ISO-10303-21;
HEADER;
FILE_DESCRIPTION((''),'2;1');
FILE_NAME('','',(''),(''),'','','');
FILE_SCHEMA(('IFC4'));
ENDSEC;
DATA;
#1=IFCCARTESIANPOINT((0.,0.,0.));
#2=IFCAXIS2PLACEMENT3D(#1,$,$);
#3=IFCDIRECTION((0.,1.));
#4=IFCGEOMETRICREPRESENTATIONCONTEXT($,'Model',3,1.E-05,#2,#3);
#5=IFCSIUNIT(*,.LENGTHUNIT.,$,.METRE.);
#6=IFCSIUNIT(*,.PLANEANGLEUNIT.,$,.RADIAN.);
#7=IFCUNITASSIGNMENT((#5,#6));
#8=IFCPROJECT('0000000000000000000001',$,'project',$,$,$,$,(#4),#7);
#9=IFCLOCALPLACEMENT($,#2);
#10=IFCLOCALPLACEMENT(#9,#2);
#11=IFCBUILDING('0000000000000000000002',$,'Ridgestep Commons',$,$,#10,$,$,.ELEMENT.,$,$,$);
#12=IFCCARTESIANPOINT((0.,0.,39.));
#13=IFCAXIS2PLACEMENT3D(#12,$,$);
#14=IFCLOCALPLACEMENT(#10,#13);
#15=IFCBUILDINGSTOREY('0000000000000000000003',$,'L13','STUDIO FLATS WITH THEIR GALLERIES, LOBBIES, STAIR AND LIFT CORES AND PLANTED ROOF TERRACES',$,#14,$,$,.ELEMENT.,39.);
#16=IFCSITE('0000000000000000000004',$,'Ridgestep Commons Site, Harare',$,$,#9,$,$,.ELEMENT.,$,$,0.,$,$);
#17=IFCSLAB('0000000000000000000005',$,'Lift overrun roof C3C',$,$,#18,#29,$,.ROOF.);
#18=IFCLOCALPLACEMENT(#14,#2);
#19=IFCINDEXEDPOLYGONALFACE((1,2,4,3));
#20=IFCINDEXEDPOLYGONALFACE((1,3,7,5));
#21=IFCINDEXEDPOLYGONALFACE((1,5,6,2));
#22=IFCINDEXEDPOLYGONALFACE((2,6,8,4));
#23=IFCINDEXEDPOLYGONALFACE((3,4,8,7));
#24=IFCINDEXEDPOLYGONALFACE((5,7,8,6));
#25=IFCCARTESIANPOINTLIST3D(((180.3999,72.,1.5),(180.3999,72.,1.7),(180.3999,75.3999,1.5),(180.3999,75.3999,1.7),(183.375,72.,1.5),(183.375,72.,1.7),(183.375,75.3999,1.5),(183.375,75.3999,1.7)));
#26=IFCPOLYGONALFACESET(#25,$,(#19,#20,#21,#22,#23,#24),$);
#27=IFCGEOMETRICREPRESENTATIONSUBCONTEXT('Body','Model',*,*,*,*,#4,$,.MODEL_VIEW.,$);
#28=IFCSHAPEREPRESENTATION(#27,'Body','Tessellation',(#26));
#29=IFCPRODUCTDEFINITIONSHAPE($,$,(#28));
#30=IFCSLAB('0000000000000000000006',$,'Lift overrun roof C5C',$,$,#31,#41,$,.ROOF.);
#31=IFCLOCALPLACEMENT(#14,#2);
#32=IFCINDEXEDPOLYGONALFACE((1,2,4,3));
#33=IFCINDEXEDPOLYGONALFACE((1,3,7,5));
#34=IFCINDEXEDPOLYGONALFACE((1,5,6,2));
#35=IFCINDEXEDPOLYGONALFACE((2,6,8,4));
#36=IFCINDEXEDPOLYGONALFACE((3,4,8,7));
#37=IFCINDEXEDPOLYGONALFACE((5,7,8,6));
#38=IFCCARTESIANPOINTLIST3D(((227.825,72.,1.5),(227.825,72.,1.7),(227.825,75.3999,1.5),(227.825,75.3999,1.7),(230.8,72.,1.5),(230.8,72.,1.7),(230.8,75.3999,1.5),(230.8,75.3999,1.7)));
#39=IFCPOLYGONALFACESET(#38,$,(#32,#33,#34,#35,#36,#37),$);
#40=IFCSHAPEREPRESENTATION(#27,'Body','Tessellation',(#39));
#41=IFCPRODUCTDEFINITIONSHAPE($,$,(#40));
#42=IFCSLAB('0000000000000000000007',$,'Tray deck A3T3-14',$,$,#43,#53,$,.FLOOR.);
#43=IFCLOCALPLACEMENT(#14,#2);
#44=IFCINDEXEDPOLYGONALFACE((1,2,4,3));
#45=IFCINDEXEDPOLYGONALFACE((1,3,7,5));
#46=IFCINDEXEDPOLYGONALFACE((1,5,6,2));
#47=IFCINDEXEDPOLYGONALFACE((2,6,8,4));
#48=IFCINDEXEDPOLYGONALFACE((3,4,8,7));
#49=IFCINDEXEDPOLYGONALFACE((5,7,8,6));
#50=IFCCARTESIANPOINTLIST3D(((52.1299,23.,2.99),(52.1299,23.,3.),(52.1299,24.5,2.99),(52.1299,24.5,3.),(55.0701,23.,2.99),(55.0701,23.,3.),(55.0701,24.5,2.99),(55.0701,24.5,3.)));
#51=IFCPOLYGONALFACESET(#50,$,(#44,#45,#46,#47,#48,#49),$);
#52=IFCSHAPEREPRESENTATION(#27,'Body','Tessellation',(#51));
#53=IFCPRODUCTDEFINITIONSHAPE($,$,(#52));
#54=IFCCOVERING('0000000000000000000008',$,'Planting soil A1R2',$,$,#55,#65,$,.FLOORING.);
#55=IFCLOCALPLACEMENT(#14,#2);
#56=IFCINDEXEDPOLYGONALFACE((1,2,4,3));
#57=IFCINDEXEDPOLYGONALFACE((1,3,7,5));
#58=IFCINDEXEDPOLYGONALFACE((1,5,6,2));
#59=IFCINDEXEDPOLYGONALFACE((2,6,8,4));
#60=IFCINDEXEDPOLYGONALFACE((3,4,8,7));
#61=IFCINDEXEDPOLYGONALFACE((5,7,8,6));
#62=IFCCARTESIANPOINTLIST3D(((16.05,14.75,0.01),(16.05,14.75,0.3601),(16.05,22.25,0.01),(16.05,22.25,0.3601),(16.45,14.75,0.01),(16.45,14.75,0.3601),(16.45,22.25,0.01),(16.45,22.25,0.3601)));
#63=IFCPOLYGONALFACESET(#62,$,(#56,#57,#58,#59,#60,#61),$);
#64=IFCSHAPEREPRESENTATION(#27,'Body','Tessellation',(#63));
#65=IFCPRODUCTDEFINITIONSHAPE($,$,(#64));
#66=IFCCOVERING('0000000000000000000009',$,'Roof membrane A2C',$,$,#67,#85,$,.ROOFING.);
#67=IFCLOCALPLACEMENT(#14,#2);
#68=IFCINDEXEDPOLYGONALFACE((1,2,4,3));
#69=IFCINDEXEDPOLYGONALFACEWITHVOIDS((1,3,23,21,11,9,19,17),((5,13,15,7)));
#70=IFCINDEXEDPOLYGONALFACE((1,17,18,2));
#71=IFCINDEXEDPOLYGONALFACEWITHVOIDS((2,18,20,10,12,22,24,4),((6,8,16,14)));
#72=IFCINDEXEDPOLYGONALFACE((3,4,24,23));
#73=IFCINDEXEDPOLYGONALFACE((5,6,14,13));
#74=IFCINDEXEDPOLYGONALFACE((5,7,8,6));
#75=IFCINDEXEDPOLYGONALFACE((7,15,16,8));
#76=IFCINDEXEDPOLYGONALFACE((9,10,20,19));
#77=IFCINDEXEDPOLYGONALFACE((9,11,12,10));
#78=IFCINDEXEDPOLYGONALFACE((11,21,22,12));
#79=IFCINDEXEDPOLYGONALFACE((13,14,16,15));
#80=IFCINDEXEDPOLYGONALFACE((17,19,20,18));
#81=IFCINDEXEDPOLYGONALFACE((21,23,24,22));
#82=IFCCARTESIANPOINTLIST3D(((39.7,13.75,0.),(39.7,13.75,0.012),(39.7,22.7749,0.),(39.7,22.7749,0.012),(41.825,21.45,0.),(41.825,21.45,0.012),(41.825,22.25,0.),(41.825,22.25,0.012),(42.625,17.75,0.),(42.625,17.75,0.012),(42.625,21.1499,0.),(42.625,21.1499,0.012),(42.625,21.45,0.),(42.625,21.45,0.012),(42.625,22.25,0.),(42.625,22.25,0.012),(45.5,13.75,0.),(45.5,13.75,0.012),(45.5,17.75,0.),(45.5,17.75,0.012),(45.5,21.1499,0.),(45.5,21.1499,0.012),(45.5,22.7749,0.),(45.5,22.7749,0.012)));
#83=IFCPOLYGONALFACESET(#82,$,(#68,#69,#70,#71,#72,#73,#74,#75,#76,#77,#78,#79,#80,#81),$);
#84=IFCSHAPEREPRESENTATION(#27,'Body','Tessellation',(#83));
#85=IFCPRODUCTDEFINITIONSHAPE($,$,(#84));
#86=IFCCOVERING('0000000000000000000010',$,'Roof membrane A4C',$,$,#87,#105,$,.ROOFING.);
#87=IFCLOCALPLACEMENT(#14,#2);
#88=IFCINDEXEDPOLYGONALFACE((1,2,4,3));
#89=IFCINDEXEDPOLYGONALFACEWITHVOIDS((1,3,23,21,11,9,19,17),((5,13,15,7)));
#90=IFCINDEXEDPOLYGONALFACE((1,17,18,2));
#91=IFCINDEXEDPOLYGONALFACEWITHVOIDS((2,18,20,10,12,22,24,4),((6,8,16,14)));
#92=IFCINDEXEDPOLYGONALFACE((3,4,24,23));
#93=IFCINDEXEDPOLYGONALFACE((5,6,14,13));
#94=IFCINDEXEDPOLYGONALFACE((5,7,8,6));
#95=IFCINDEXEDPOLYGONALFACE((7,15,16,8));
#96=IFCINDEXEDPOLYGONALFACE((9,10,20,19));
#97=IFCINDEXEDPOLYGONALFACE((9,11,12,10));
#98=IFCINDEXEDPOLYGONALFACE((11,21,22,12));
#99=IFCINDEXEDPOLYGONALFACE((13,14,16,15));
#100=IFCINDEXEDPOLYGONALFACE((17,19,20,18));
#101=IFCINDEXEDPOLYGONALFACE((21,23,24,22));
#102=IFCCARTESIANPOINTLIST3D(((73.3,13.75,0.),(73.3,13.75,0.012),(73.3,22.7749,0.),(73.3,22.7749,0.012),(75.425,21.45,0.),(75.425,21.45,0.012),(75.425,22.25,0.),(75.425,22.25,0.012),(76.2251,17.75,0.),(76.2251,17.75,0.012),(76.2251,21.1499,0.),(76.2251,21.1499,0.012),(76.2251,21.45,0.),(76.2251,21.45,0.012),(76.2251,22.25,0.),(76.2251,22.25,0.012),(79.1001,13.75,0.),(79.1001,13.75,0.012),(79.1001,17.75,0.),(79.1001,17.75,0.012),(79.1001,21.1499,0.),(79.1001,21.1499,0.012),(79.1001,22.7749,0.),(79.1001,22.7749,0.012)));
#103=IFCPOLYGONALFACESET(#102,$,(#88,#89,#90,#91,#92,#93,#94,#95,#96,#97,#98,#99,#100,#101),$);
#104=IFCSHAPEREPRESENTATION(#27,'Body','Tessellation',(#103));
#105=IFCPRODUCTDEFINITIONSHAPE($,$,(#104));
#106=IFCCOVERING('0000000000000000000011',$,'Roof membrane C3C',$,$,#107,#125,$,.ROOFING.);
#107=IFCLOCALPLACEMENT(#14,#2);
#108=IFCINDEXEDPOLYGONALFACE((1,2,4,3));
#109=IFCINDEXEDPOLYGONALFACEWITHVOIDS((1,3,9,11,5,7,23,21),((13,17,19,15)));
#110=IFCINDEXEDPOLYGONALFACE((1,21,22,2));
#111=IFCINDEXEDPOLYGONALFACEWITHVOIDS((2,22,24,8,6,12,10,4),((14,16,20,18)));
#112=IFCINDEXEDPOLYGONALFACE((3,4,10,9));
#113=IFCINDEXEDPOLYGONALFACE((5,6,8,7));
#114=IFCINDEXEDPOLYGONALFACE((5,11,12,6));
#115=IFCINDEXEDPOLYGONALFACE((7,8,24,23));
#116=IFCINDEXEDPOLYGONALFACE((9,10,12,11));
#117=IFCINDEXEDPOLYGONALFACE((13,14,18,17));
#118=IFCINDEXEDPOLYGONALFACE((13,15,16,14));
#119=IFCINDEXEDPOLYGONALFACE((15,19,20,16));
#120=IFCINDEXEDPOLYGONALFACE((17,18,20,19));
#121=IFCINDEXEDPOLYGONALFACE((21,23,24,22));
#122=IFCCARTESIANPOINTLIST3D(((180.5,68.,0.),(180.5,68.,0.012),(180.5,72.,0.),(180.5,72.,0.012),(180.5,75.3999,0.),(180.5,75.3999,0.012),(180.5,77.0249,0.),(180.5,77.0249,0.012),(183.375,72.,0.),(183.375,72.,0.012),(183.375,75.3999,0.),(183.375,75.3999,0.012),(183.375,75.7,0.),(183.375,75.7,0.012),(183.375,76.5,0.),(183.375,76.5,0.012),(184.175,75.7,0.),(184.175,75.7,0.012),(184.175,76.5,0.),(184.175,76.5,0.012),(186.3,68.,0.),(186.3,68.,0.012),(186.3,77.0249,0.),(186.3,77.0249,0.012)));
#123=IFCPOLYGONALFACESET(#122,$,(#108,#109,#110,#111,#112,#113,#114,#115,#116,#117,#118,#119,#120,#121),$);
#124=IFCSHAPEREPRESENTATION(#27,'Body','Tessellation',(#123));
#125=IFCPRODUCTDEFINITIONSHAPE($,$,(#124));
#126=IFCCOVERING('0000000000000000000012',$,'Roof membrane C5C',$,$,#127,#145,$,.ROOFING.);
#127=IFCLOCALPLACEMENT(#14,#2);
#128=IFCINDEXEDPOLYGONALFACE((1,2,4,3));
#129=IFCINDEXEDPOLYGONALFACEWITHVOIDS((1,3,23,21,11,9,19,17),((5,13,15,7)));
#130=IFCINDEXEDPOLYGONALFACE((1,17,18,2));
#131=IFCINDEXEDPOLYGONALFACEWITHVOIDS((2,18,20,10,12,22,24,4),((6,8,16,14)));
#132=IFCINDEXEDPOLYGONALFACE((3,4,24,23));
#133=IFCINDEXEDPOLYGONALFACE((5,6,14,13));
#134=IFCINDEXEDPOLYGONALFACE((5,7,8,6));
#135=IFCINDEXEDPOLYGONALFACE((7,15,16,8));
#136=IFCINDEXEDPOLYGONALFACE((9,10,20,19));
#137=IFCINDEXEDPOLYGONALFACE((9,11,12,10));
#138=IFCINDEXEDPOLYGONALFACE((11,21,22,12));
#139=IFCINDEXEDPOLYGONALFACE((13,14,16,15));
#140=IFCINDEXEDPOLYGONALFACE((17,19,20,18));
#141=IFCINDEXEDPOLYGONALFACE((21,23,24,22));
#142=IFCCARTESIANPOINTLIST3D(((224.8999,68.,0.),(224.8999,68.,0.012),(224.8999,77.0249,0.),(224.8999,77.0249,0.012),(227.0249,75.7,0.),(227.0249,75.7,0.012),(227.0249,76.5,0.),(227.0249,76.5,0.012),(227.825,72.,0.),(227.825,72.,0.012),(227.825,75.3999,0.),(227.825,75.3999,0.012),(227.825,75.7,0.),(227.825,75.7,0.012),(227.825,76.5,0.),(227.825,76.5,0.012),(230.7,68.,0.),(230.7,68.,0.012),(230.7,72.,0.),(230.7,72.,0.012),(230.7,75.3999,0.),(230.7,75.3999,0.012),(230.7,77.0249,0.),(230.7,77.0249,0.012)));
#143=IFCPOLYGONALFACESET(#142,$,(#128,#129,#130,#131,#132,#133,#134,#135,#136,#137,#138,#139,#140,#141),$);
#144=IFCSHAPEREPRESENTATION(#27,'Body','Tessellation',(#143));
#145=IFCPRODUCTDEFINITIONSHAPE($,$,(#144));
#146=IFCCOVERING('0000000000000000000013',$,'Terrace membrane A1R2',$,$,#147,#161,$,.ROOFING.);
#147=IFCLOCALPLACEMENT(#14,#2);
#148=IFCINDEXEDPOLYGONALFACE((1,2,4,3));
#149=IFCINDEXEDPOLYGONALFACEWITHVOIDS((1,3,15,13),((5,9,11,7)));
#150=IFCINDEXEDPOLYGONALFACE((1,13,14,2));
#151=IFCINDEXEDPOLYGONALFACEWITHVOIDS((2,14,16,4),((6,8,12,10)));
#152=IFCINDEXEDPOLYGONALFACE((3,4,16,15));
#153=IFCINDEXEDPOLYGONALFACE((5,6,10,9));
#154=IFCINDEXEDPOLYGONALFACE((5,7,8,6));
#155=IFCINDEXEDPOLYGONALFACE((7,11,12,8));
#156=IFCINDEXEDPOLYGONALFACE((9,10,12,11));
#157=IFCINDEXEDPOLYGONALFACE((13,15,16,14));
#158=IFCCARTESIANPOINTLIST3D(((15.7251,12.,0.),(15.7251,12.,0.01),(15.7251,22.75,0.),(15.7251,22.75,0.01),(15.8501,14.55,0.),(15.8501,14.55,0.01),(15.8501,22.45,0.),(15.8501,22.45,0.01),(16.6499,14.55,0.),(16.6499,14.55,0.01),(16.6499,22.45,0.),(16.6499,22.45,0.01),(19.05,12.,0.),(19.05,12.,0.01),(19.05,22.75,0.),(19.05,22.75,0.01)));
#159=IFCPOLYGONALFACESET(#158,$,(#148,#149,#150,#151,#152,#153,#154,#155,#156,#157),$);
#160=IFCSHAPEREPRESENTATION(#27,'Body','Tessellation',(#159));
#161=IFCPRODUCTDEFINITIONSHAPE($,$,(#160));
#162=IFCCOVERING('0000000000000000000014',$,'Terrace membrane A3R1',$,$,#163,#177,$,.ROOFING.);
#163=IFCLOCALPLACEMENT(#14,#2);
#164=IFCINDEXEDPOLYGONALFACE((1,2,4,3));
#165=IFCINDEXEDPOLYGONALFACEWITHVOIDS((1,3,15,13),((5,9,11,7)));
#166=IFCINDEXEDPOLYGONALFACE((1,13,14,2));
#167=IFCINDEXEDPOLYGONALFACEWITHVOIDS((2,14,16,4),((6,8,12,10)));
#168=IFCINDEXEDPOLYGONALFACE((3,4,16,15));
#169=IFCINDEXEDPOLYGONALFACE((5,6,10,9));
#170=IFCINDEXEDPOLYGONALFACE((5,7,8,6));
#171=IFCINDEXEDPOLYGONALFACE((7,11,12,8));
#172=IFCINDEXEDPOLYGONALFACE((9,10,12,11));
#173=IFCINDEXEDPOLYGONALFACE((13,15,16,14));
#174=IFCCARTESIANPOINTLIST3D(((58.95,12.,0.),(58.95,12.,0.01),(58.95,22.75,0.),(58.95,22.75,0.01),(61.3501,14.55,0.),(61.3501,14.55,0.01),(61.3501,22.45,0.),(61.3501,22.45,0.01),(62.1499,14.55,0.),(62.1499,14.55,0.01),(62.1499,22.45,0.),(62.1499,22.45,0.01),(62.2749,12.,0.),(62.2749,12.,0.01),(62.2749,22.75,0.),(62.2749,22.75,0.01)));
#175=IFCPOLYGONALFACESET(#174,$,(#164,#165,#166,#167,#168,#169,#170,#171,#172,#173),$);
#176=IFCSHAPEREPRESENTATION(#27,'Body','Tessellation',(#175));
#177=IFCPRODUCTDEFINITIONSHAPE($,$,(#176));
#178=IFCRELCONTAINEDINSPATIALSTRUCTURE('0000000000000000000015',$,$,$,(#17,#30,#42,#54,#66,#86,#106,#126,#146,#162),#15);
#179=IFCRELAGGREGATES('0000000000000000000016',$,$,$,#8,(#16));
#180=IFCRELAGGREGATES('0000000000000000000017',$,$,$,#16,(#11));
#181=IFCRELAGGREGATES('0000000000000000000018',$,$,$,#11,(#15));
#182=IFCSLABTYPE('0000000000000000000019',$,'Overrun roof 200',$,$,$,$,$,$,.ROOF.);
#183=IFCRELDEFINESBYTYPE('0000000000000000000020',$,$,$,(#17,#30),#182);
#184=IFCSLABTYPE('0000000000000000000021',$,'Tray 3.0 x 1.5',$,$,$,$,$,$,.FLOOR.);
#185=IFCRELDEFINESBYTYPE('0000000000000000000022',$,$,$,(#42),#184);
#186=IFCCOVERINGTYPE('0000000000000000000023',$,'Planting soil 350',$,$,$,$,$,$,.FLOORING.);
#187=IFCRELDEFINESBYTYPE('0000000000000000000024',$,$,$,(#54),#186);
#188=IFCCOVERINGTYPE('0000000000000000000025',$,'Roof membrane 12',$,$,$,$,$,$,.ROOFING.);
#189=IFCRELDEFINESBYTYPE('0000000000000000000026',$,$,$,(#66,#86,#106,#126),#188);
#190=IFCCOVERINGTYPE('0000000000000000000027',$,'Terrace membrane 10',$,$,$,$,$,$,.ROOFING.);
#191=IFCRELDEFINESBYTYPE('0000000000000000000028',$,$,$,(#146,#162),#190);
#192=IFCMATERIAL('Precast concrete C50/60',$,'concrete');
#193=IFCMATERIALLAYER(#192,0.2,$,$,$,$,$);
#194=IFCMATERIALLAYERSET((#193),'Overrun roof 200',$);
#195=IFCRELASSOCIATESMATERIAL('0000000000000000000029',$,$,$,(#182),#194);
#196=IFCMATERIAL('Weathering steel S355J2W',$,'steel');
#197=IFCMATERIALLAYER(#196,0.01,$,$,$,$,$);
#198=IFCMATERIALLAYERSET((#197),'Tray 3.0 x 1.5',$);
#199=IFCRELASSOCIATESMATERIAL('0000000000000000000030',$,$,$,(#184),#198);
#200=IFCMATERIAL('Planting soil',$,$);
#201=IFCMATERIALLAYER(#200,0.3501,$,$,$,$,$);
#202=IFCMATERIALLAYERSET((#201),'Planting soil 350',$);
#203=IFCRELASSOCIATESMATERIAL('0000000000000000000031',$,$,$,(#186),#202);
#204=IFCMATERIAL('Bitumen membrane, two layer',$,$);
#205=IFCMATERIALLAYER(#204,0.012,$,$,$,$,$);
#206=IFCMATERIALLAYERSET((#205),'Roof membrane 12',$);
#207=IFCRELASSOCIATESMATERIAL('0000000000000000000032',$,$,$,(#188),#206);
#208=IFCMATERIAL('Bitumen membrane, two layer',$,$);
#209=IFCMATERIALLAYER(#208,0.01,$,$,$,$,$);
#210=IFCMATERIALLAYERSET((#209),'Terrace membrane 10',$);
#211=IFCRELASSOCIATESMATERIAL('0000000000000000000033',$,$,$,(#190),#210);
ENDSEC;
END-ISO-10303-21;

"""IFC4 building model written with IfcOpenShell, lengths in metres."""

from ifc_helpers import new_model, si_unit, direction, frame, origin, place, context, subcontext, project, spatial, polyline, outline, extrude, material, layer, layer_set, type_object, element, save


model = new_model("IFC4")

# Units and contexts
model_context = context("Model", 3, precision=1e-05, world=origin(), true_north=direction((0.0, 1.0)))
body_context = subcontext(model_context, "Body", "Model", "MODEL_VIEW")
ifc_project = project(units=[si_unit("LENGTHUNIT", "METRE"), si_unit("PLANEANGLEUNIT", "RADIAN")], contexts=[model_context])

# Site, building, storey
site_placement = place(None, origin())
site = spatial("IfcSite", under=ifc_project, at=site_placement, Name="Ridgestep Commons Site, Harare", CompositionType="ELEMENT", RefElevation=0.0)
building_placement = place(site_placement, origin())
building = spatial("IfcBuilding", under=site, at=building_placement, Name="Ridgestep Commons", CompositionType="ELEMENT")
storey_placement = place(building_placement, frame((0.0, 0.0, 39.0)))
storey = spatial("IfcBuildingStorey", under=building, at=storey_placement, Name="L13", Description="STUDIO FLATS WITH THEIR GALLERIES, LOBBIES, STAIR AND LIFT CORES AND PLANTED ROOF TERRACES", CompositionType="ELEMENT", Elevation=39.0)

# Slabs
ifc_material_1 = material(Name="Precast concrete C50/60", Category="concrete")
ifc_layer_1 = layer(ifc_material_1, 0.2)
ifc_layer_set_1 = layer_set([ifc_layer_1], Name="Overrun roof 200")
slab_type_1 = type_object("IfcSlabType", Name="Overrun roof 200", PredefinedType="ROOF", material=ifc_layer_set_1)
slab_1_placement = place(storey_placement, frame((0.0, 0.0, 1.5)))
element("IfcSlab", 1, at=slab_1_placement, inside=storey, type_object=slab_type_1, Name="Lift overrun roof C3C", PredefinedType="ROOF", context=body_context, shape_type="SweptSolid", body=[
    extrude(outline(polyline([(183.375, 72.0), (183.375, 75.3999), (180.3999, 75.3999), (180.3999, 72.0), (183.375, 72.0)])), origin(), (0.0, 0.0, 1.0), 0.2),
])
slab_2_placement = place(storey_placement, frame((0.0, 0.0, 1.5)))
element("IfcSlab", 2, at=slab_2_placement, inside=storey, type_object=slab_type_1, Name="Lift overrun roof C5C", PredefinedType="ROOF", context=body_context, shape_type="SweptSolid", body=[
    extrude(outline(polyline([(230.8, 72.0), (230.8, 75.3999), (227.825, 75.3999), (227.825, 72.0), (230.8, 72.0)])), origin(), (0.0, 0.0, 1.0), 0.2),
])
ifc_material_2 = material(Name="Weathering steel S355J2W", Category="steel")
ifc_layer_2 = layer(ifc_material_2, 0.01)
ifc_layer_set_2 = layer_set([ifc_layer_2], Name="Tray 3.0 x 1.5")
slab_type_2 = type_object("IfcSlabType", Name="Tray 3.0 x 1.5", PredefinedType="FLOOR", material=ifc_layer_set_2)
slab_3_placement = place(storey_placement, frame((0.0, 0.0, 2.99)))
element("IfcSlab", 3, at=slab_3_placement, inside=storey, type_object=slab_type_2, Name="Tray deck A3T3-14", PredefinedType="FLOOR", context=body_context, shape_type="SweptSolid", body=[
    extrude(outline(polyline([(52.1299, 23.0), (55.0701, 23.0), (55.0701, 24.5), (52.1299, 24.5), (52.1299, 23.0)])), origin(), (0.0, 0.0, 1.0), 0.01),
])

# Coverings
ifc_material_3 = material(Name="Planting soil")
ifc_layer_3 = layer(ifc_material_3, 0.3501)
ifc_layer_set_3 = layer_set([ifc_layer_3], Name="Planting soil 350")
covering_type_1 = type_object("IfcCoveringType", Name="Planting soil 350", PredefinedType="FLOORING", material=ifc_layer_set_3)
covering_1_placement = place(storey_placement, frame((0.0, 0.0, 0.01)))
element("IfcCovering", 4, at=covering_1_placement, inside=storey, type_object=covering_type_1, Name="Planting soil A1R2", PredefinedType="FLOORING", context=body_context, shape_type="SweptSolid", body=[
    extrude(outline(polyline([(16.05, 14.75), (16.45, 14.75), (16.45, 22.25), (16.05, 22.25), (16.05, 14.75)])), origin(), (0.0, 0.0, 1.0), 0.3501),
])
ifc_material_4 = material(Name="Bitumen membrane, two layer")
ifc_layer_4 = layer(ifc_material_4, 0.012)
ifc_layer_set_4 = layer_set([ifc_layer_4], Name="Roof membrane 12")
covering_type_2 = type_object("IfcCoveringType", Name="Roof membrane 12", PredefinedType="ROOFING", material=ifc_layer_set_4)
covering_2_placement = place(storey_placement, origin())
element("IfcCovering", 5, at=covering_2_placement, inside=storey, type_object=covering_type_2, Name="Roof membrane A2C", PredefinedType="ROOFING", context=body_context, shape_type="SweptSolid", body=[
    extrude(outline(polyline([(39.7, 13.75), (39.7, 22.7749), (45.5, 22.7749), (45.5, 21.1499), (42.625, 21.1499), (42.625, 17.75), (45.5, 17.75), (45.5, 13.75), (39.7, 13.75)]), holes=[polyline([(42.625, 22.25), (41.825, 22.25), (41.825, 21.45), (42.625, 21.45), (42.625, 22.25)])]), origin(), (0.0, 0.0, 1.0), 0.012),
])
covering_3_placement = place(storey_placement, origin())
element("IfcCovering", 6, at=covering_3_placement, inside=storey, type_object=covering_type_2, Name="Roof membrane A4C", PredefinedType="ROOFING", context=body_context, shape_type="SweptSolid", body=[
    extrude(outline(polyline([(73.3, 13.75), (73.3, 22.7749), (79.1001, 22.7749), (79.1001, 21.1499), (76.2251, 21.1499), (76.2251, 17.75), (79.1001, 17.75), (79.1001, 13.75), (73.3, 13.75)]), holes=[polyline([(76.2251, 22.25), (75.425, 22.25), (75.425, 21.45), (76.2251, 21.45), (76.2251, 22.25)])]), origin(), (0.0, 0.0, 1.0), 0.012),
])
covering_4_placement = place(storey_placement, origin())
element("IfcCovering", 7, at=covering_4_placement, inside=storey, type_object=covering_type_2, Name="Roof membrane C3C", PredefinedType="ROOFING", context=body_context, shape_type="SweptSolid", body=[
    extrude(outline(polyline([(186.3, 77.0249), (186.3, 68.0), (180.5, 68.0), (180.5, 72.0), (183.375, 72.0), (183.375, 75.3999), (180.5, 75.3999), (180.5, 77.0249), (186.3, 77.0249)]), holes=[polyline([(184.175, 76.5), (183.375, 76.5), (183.375, 75.7), (184.175, 75.7), (184.175, 76.5)])]), origin(), (0.0, 0.0, 1.0), 0.012),
])
covering_5_placement = place(storey_placement, origin())
element("IfcCovering", 8, at=covering_5_placement, inside=storey, type_object=covering_type_2, Name="Roof membrane C5C", PredefinedType="ROOFING", context=body_context, shape_type="SweptSolid", body=[
    extrude(outline(polyline([(224.8999, 68.0), (224.8999, 77.0249), (230.7, 77.0249), (230.7, 75.3999), (227.825, 75.3999), (227.825, 72.0), (230.7, 72.0), (230.7, 68.0), (224.8999, 68.0)]), holes=[polyline([(227.825, 76.5), (227.0249, 76.5), (227.0249, 75.7), (227.825, 75.7), (227.825, 76.5)])]), origin(), (0.0, 0.0, 1.0), 0.012),
])
ifc_material_5 = material(Name="Bitumen membrane, two layer")
ifc_layer_5 = layer(ifc_material_5, 0.01)
ifc_layer_set_5 = layer_set([ifc_layer_5], Name="Terrace membrane 10")
covering_type_3 = type_object("IfcCoveringType", Name="Terrace membrane 10", PredefinedType="ROOFING", material=ifc_layer_set_5)
covering_6_placement = place(storey_placement, origin())
element("IfcCovering", 9, at=covering_6_placement, inside=storey, type_object=covering_type_3, Name="Terrace membrane A1R2", PredefinedType="ROOFING", context=body_context, shape_type="SweptSolid", body=[
    extrude(outline(polyline([(19.05, 12.0), (19.05, 22.75), (15.7251, 22.75), (15.7251, 12.0), (19.05, 12.0)]), holes=[polyline([(16.6499, 14.55), (16.6499, 22.45), (15.8501, 22.45), (15.8501, 14.55), (16.6499, 14.55)])]), origin(), (0.0, 0.0, 1.0), 0.01),
])
covering_7_placement = place(storey_placement, origin())
element("IfcCovering", 10, at=covering_7_placement, inside=storey, type_object=covering_type_3, Name="Terrace membrane A3R1", PredefinedType="ROOFING", context=body_context, shape_type="SweptSolid", body=[
    extrude(outline(polyline([(62.2749, 12.0), (62.2749, 22.75), (58.95, 22.75), (58.95, 12.0), (62.2749, 12.0)]), holes=[polyline([(62.1499, 14.55), (62.1499, 22.45), (61.3501, 22.45), (61.3501, 14.55), (62.1499, 14.55)])]), origin(), (0.0, 0.0, 1.0), 0.01),
])

save(model, "model.ifc")
